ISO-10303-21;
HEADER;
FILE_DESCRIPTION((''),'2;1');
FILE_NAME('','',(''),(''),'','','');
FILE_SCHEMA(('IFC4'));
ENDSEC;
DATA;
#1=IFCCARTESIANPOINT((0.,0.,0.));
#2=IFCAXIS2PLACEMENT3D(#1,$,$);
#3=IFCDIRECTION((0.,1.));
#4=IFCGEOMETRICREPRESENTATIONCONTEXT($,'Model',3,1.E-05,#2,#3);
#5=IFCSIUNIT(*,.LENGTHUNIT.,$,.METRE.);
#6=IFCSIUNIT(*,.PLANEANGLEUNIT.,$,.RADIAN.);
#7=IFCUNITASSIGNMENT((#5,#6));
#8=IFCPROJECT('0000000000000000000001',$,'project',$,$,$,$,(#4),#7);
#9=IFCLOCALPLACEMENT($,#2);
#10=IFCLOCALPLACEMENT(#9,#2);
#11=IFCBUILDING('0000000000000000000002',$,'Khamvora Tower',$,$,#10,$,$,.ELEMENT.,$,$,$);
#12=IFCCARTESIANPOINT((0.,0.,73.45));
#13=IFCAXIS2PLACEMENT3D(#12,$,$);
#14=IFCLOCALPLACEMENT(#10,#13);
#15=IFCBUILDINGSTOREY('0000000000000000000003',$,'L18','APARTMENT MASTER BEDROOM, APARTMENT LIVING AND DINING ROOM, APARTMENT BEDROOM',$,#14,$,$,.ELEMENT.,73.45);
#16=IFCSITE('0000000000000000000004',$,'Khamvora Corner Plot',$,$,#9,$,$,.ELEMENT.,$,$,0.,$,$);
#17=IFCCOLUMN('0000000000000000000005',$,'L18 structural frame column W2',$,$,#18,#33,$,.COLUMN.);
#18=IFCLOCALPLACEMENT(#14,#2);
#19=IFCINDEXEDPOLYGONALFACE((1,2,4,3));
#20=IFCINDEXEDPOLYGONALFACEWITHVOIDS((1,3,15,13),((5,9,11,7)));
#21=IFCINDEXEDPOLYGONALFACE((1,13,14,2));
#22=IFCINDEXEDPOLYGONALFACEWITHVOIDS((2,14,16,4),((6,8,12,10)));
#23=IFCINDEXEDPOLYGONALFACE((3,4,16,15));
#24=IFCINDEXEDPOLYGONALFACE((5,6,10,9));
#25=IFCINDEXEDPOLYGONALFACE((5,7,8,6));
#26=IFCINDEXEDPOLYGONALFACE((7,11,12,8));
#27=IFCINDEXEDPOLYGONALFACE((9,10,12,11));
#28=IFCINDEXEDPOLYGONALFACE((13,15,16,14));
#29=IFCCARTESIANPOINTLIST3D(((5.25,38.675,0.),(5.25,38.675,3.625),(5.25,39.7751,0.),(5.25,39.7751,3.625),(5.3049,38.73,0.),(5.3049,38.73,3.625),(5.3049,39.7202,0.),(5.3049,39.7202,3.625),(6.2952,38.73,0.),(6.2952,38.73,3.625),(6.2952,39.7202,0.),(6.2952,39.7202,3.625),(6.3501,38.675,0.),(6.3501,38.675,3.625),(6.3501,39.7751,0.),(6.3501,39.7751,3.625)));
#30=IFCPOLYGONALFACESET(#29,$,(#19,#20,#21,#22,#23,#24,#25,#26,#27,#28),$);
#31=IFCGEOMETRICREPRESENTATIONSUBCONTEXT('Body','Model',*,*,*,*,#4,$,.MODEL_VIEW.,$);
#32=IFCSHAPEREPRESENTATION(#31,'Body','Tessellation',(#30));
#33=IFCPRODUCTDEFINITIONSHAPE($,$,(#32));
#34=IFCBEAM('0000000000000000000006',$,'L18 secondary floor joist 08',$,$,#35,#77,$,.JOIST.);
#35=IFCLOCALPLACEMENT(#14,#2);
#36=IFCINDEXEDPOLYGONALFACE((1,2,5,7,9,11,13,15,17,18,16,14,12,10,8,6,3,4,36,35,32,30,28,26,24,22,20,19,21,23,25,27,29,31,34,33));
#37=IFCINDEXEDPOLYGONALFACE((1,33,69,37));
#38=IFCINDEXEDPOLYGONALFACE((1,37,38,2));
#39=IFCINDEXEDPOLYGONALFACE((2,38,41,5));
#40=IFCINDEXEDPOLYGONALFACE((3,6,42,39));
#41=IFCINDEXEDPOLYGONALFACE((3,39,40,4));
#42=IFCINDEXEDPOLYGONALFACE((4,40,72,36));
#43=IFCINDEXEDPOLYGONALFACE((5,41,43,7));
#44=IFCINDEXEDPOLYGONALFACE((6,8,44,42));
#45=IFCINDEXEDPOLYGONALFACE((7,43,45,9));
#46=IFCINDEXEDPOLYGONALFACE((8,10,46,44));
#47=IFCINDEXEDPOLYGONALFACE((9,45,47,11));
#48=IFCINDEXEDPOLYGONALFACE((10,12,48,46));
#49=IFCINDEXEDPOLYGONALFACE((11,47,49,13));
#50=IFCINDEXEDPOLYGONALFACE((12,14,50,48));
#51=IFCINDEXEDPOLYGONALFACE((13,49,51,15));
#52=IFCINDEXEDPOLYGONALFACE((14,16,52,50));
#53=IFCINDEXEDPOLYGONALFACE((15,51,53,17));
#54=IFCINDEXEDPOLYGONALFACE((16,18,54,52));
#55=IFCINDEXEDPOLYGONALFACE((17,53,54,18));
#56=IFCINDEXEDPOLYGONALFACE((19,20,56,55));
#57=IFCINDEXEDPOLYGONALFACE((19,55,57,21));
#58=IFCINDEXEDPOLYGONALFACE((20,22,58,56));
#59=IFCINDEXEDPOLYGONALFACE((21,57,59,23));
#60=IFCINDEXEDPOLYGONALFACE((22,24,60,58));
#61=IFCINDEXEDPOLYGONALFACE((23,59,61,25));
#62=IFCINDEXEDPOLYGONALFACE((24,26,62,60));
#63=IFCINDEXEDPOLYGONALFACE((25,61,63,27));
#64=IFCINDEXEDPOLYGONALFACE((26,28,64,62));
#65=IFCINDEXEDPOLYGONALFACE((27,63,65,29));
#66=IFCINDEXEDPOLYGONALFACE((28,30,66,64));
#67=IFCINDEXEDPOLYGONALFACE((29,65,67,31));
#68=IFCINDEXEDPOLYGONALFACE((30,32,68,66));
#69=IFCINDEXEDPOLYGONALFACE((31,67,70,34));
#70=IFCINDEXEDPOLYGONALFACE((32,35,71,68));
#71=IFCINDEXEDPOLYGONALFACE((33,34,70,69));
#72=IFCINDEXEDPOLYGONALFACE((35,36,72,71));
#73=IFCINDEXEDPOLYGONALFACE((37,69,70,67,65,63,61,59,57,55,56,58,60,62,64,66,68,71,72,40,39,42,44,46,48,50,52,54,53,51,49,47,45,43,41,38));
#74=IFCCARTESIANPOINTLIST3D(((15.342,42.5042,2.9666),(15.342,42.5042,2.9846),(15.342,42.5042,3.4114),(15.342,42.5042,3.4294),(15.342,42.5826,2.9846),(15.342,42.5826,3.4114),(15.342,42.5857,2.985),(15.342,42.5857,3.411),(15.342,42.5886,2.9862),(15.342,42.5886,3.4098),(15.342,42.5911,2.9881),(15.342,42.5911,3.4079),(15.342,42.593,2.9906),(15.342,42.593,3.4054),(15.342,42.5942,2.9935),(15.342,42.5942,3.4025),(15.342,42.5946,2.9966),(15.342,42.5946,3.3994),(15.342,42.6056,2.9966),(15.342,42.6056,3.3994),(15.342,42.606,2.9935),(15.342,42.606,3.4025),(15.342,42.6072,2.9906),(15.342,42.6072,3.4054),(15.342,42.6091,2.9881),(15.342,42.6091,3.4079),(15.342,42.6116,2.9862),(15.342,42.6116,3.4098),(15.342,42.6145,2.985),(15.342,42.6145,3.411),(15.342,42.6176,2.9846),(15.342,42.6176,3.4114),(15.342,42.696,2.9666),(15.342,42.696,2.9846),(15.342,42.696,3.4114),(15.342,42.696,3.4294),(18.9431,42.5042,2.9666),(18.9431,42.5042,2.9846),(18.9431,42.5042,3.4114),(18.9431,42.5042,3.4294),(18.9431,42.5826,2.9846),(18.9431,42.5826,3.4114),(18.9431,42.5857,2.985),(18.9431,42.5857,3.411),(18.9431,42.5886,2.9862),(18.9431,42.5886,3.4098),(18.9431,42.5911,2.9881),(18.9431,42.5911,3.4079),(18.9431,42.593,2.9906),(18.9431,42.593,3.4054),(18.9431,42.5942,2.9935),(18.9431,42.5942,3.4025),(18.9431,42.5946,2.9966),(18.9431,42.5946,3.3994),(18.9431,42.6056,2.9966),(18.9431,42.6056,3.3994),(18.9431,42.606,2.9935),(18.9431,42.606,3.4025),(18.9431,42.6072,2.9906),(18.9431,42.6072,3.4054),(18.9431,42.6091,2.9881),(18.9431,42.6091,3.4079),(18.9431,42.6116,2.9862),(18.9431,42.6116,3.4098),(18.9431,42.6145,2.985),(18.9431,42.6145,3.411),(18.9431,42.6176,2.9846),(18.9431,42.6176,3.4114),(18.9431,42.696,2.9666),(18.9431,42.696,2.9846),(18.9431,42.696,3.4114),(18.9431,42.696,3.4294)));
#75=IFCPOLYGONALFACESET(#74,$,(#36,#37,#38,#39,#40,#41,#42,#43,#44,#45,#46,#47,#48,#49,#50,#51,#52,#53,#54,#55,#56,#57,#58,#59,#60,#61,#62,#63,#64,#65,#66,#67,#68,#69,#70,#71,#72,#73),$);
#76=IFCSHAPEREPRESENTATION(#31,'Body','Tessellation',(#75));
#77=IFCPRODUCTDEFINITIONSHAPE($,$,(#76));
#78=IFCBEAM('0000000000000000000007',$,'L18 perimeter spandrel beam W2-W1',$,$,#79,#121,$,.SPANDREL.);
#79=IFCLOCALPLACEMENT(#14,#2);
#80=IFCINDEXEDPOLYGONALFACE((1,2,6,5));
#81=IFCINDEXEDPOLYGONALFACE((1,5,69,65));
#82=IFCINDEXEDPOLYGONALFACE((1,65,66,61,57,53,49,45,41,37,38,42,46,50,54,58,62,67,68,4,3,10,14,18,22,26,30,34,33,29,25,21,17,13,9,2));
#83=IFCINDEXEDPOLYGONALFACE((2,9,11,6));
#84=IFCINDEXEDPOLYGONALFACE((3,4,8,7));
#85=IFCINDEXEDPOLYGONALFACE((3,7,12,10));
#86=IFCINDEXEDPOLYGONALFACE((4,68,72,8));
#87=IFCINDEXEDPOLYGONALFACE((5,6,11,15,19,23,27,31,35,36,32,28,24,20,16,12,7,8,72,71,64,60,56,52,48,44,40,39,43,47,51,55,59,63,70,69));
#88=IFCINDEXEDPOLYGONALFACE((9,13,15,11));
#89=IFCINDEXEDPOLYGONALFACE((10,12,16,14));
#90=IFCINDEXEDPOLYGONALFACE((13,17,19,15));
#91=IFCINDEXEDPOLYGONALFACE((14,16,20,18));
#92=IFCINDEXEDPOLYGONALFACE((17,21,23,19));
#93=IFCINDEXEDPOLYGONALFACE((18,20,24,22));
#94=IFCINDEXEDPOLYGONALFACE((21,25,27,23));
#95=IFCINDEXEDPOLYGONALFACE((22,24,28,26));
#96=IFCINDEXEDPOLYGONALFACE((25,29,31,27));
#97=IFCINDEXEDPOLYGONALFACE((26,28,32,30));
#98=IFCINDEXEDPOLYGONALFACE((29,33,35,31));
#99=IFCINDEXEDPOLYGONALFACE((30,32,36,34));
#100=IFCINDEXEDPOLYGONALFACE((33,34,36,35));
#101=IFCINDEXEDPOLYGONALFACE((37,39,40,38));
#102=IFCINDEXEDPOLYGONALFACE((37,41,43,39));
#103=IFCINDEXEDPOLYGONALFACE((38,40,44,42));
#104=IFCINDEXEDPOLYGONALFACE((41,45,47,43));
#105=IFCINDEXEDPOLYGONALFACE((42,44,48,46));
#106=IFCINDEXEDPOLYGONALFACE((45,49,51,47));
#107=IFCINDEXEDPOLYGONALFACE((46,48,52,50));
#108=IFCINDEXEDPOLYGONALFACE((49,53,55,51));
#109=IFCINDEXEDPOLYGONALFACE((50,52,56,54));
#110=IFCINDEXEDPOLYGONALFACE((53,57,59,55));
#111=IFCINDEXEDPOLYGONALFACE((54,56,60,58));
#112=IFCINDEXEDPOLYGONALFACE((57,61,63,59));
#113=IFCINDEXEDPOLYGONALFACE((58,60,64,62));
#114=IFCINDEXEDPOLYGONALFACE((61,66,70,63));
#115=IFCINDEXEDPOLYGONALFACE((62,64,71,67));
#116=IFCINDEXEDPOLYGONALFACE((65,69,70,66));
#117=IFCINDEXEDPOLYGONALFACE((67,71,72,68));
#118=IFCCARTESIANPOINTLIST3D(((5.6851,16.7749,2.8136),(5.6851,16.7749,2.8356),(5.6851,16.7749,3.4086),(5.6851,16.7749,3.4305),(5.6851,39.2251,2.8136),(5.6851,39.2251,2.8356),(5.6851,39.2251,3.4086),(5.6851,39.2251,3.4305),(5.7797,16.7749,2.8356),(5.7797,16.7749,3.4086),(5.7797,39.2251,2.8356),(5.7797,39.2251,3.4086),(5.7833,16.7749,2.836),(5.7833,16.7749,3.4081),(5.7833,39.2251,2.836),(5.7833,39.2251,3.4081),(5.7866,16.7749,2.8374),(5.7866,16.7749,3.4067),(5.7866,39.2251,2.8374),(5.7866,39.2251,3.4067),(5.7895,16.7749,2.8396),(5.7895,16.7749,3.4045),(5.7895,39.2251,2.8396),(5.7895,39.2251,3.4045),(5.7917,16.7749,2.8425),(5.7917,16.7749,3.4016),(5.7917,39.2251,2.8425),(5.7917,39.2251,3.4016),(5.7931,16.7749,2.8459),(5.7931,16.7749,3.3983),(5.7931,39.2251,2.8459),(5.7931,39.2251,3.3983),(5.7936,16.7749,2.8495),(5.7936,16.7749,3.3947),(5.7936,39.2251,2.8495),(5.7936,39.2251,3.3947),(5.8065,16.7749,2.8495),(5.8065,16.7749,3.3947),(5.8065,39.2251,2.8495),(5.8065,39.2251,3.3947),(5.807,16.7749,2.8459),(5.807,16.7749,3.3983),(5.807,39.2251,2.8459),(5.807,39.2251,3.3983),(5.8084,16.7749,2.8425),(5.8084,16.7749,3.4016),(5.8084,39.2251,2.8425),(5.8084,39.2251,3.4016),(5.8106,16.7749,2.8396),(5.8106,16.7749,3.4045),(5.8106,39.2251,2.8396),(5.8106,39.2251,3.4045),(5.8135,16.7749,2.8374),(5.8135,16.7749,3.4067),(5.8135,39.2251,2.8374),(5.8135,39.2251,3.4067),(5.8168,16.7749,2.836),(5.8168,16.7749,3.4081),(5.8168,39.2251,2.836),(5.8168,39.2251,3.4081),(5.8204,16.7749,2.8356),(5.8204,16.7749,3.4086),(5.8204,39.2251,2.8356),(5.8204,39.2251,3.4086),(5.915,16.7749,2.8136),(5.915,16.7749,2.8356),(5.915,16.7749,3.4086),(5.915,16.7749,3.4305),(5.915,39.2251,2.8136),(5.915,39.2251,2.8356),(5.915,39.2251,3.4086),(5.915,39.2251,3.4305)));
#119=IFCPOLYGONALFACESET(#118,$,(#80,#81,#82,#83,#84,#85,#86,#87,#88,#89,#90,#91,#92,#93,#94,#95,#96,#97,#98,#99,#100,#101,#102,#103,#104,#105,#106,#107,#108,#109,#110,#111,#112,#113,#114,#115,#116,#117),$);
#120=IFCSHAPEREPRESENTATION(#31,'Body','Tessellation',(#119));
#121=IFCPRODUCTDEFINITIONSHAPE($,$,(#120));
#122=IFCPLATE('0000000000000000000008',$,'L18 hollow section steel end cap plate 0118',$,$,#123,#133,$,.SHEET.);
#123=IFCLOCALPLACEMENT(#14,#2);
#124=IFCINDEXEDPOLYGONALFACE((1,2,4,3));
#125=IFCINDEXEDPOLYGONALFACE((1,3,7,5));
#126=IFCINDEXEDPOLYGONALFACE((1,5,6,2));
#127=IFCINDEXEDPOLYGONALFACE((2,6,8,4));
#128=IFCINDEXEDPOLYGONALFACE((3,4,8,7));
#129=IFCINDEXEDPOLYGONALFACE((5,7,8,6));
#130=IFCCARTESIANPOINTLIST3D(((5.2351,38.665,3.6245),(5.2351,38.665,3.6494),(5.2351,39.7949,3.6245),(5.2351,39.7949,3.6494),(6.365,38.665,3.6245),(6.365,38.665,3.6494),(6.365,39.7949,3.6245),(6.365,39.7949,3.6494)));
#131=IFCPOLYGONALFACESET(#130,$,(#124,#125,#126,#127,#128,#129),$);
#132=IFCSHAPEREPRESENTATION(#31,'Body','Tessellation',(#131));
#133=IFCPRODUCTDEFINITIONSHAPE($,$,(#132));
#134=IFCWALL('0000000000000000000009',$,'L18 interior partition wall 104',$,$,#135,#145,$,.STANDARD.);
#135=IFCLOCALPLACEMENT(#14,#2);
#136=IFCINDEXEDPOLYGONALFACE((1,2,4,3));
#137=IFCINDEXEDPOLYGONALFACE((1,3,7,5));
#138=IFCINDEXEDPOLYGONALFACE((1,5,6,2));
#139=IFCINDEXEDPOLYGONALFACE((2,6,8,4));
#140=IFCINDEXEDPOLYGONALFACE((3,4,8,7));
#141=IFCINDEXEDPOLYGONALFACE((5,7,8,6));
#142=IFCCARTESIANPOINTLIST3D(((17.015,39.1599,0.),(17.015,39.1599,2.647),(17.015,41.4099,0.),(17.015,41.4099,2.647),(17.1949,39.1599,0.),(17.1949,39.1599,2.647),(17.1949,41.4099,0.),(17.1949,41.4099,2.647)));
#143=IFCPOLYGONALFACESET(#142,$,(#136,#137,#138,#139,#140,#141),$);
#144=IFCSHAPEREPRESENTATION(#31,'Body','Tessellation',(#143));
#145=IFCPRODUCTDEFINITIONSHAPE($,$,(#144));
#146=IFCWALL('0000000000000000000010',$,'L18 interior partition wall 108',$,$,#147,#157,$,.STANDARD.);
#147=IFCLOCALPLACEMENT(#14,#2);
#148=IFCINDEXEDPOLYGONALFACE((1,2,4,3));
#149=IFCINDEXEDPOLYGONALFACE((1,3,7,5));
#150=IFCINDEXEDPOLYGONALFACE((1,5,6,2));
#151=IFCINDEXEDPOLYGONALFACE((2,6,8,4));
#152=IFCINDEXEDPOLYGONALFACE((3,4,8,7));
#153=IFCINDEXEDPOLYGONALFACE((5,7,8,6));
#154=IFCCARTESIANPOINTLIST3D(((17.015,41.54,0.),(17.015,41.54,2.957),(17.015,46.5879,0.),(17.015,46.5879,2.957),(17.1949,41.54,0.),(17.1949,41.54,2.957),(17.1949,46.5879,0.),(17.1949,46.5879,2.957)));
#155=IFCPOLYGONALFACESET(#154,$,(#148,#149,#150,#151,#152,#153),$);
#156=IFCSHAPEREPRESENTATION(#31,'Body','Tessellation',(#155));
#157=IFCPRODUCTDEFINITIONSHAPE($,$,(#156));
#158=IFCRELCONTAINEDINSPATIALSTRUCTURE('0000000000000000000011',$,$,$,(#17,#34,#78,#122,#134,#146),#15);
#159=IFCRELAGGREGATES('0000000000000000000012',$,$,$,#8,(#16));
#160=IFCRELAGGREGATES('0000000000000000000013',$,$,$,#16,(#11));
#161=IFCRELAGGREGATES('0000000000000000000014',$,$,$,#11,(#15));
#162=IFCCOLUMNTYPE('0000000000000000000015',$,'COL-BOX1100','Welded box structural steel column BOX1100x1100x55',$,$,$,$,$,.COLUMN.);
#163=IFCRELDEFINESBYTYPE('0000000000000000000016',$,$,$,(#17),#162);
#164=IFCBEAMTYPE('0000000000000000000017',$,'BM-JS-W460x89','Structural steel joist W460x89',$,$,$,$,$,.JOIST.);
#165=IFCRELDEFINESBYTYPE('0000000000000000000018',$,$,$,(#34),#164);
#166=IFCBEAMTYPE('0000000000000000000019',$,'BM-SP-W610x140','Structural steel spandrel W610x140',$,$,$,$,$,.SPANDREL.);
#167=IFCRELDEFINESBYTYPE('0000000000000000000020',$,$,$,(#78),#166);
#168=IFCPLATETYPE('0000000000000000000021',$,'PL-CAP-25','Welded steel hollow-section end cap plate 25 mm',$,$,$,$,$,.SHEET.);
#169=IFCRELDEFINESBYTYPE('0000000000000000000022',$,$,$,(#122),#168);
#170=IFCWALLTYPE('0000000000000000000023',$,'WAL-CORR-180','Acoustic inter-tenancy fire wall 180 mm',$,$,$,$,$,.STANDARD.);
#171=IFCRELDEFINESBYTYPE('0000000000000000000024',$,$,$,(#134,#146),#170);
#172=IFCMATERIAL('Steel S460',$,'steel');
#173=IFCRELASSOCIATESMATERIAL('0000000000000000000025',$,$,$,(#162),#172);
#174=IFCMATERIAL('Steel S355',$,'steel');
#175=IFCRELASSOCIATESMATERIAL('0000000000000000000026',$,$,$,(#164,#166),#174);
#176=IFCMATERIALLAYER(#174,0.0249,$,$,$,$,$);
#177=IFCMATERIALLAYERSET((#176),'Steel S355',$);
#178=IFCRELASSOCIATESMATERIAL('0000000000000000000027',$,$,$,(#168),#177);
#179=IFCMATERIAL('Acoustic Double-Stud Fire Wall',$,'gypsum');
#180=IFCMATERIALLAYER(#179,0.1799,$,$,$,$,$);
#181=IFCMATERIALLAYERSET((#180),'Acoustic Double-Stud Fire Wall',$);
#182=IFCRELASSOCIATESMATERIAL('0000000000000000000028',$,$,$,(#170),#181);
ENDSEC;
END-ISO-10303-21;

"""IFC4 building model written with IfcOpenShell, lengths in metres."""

from ifc_helpers import new_model, si_unit, direction, frame, frame_2d, origin, origin_2d, place, context, subcontext, project, spatial, rectangle, hollow_rectangle, i_section, extrude, material, layer, layer_set, material_profile, profile_set, type_object, element, save


model = new_model("IFC4")

# Units and contexts
model_context = context("Model", 3, precision=1e-05, world=origin(), true_north=direction((0.0, 1.0)))
body_context = subcontext(model_context, "Body", "Model", "MODEL_VIEW")
ifc_project = project(units=[si_unit("LENGTHUNIT", "METRE"), si_unit("PLANEANGLEUNIT", "RADIAN")], contexts=[model_context])

# Site, building, storey
site_placement = place(None, origin())
site = spatial("IfcSite", under=ifc_project, at=site_placement, Name="Khamvora Corner Plot", CompositionType="ELEMENT", RefElevation=0.0)
building_placement = place(site_placement, origin())
building = spatial("IfcBuilding", under=site, at=building_placement, Name="Khamvora Tower", CompositionType="ELEMENT")
storey_placement = place(building_placement, frame((0.0, 0.0, 73.45)))
storey = spatial("IfcBuildingStorey", under=building, at=storey_placement, Name="L18", Description="APARTMENT MASTER BEDROOM, APARTMENT LIVING AND DINING ROOM, APARTMENT BEDROOM", CompositionType="ELEMENT", Elevation=73.45)

# Column
ifc_material_1 = material(Name="Steel S460", Category="steel")
ifc_material_profile_1 = material_profile(ifc_material_1, hollow_rectangle(XDim=1.1001, YDim=1.1001, WallThickness=0.0549, at=origin_2d()), Name="BOX1100x1100x55")
ifc_profile_set_1 = profile_set([ifc_material_profile_1], Name="Steel S460")
column_type = type_object("IfcColumnType", Name="COL-BOX1100", Description="Welded box structural steel column BOX1100x1100x55", PredefinedType="COLUMN", material=ifc_profile_set_1)
column_placement = place(storey_placement, frame((5.8, 39.2251, 0.0), z_axis=(0.0, 0.0, 1.0), x_axis=(1.0, 0.0, 0.0)))
element("IfcColumn", 1, at=column_placement, inside=storey, type_object=column_type, Name="L18 structural frame column W2", PredefinedType="COLUMN", context=body_context, shape_type="SweptSolid", body=[
    extrude(hollow_rectangle(XDim=1.1001, YDim=1.1001, WallThickness=0.0549, at=origin_2d()), origin(), (0.0, 0.0, 1.0), 3.625),
])

# Beams
ifc_material_2 = material(Name="Steel S355", Category="steel")
ifc_material_profile_2 = material_profile(ifc_material_2, i_section(OverallWidth=0.1919, OverallDepth=0.4629, WebThickness=0.011, FlangeThickness=0.0181, FilletRadius=0.012, at=origin_2d()), Name="W460x89")
ifc_profile_set_2 = profile_set([ifc_material_profile_2], Name="Steel S355")
beam_type_1 = type_object("IfcBeamType", Name="BM-JS-W460x89", Description="Structural steel joist W460x89", PredefinedType="JOIST", material=ifc_profile_set_2)
beam_1_placement = place(storey_placement, frame((15.342, 42.6001, 3.198), z_axis=(1.0, 0.0, 0.0), x_axis=(0.0, 1.0, 0.0)))
element("IfcBeam", 2, at=beam_1_placement, inside=storey, type_object=beam_type_1, Name="L18 secondary floor joist 08", PredefinedType="JOIST", context=body_context, shape_type="SweptSolid", body=[
    extrude(i_section(OverallWidth=0.1919, OverallDepth=0.4629, WebThickness=0.011, FlangeThickness=0.0181, FilletRadius=0.012, at=origin_2d()), origin(), (0.0, 0.0, 1.0), 3.6011),
])
ifc_material_profile_3 = material_profile(ifc_material_2, i_section(OverallWidth=0.23, OverallDepth=0.6169, WebThickness=0.0129, FlangeThickness=0.022, FilletRadius=0.0139, at=origin_2d()), Name="W610x140")
ifc_profile_set_3 = profile_set([ifc_material_profile_3], Name="Steel S355")
beam_type_2 = type_object("IfcBeamType", Name="BM-SP-W610x140", Description="Structural steel spandrel W610x140", PredefinedType="SPANDREL", material=ifc_profile_set_3)
beam_2_placement = place(storey_placement, frame((5.8, 39.2251, 3.1221), z_axis=(0.0, -1.0, 0.0), x_axis=(1.0, 0.0, 0.0)))
element("IfcBeam", 3, at=beam_2_placement, inside=storey, type_object=beam_type_2, Name="L18 perimeter spandrel beam W2-W1", PredefinedType="SPANDREL", context=body_context, shape_type="SweptSolid", body=[
    extrude(i_section(OverallWidth=0.23, OverallDepth=0.6169, WebThickness=0.0129, FlangeThickness=0.022, FilletRadius=0.0139, at=origin_2d()), origin(), (0.0, 0.0, 1.0), 22.4502),
])

# Plate
ifc_layer_1 = layer(ifc_material_2, 0.0249)
ifc_layer_set_1 = layer_set([ifc_layer_1], Name="Steel S355")
plate_type = type_object("IfcPlateType", Name="PL-CAP-25", Description="Welded steel hollow-section end cap plate 25 mm", PredefinedType="SHEET", material=ifc_layer_set_1)
plate_placement = place(storey_placement, frame((5.8, 39.23, 3.6245), z_axis=(0.0, 0.0, 1.0), x_axis=(1.0, 0.0, 0.0)))
element("IfcPlate", 4, at=plate_placement, inside=storey, type_object=plate_type, Name="L18 hollow section steel end cap plate 0118", PredefinedType="SHEET", context=body_context, shape_type="SweptSolid", body=[
    extrude(rectangle(XDim=1.1299, YDim=1.1299, at=origin_2d()), origin(), (0.0, 0.0, 1.0), 0.0249),
])

# Walls
ifc_material_3 = material(Name="Acoustic Double-Stud Fire Wall", Category="gypsum")
ifc_layer_2 = layer(ifc_material_3, 0.1799)
ifc_layer_set_2 = layer_set([ifc_layer_2], Name="Acoustic Double-Stud Fire Wall")
wall_type_1 = type_object("IfcWallType", Name="WAL-CORR-180", Description="Acoustic inter-tenancy fire wall 180 mm", PredefinedType="STANDARD", material=ifc_layer_set_2)
wall_1_placement = place(storey_placement, frame((17.105, 41.4099, 0.0), z_axis=(0.0, 0.0, 1.0), x_axis=(0.0, -1.0, 0.0)))
element("IfcWall", 5, at=wall_1_placement, inside=storey, type_object=wall_type_1, Name="L18 interior partition wall 104", PredefinedType="STANDARD", context=body_context, shape_type="SweptSolid", body=[
    extrude(rectangle(XDim=2.25, YDim=0.1799, at=frame_2d((1.125, 0.0))), origin(), (0.0, 0.0, 1.0), 2.647),
])
wall_2_placement = place(storey_placement, frame((17.105, 46.5879, 0.0), z_axis=(0.0, 0.0, 1.0), x_axis=(0.0, -1.0, 0.0)))
element("IfcWall", 6, at=wall_2_placement, inside=storey, type_object=wall_type_1, Name="L18 interior partition wall 108", PredefinedType="STANDARD", context=body_context, shape_type="SweptSolid", body=[
    extrude(rectangle(XDim=5.0479, YDim=0.1799, at=frame_2d((2.5239, 0.0))), origin(), (0.0, 0.0, 1.0), 2.957),
])

save(model, "model.ifc")
